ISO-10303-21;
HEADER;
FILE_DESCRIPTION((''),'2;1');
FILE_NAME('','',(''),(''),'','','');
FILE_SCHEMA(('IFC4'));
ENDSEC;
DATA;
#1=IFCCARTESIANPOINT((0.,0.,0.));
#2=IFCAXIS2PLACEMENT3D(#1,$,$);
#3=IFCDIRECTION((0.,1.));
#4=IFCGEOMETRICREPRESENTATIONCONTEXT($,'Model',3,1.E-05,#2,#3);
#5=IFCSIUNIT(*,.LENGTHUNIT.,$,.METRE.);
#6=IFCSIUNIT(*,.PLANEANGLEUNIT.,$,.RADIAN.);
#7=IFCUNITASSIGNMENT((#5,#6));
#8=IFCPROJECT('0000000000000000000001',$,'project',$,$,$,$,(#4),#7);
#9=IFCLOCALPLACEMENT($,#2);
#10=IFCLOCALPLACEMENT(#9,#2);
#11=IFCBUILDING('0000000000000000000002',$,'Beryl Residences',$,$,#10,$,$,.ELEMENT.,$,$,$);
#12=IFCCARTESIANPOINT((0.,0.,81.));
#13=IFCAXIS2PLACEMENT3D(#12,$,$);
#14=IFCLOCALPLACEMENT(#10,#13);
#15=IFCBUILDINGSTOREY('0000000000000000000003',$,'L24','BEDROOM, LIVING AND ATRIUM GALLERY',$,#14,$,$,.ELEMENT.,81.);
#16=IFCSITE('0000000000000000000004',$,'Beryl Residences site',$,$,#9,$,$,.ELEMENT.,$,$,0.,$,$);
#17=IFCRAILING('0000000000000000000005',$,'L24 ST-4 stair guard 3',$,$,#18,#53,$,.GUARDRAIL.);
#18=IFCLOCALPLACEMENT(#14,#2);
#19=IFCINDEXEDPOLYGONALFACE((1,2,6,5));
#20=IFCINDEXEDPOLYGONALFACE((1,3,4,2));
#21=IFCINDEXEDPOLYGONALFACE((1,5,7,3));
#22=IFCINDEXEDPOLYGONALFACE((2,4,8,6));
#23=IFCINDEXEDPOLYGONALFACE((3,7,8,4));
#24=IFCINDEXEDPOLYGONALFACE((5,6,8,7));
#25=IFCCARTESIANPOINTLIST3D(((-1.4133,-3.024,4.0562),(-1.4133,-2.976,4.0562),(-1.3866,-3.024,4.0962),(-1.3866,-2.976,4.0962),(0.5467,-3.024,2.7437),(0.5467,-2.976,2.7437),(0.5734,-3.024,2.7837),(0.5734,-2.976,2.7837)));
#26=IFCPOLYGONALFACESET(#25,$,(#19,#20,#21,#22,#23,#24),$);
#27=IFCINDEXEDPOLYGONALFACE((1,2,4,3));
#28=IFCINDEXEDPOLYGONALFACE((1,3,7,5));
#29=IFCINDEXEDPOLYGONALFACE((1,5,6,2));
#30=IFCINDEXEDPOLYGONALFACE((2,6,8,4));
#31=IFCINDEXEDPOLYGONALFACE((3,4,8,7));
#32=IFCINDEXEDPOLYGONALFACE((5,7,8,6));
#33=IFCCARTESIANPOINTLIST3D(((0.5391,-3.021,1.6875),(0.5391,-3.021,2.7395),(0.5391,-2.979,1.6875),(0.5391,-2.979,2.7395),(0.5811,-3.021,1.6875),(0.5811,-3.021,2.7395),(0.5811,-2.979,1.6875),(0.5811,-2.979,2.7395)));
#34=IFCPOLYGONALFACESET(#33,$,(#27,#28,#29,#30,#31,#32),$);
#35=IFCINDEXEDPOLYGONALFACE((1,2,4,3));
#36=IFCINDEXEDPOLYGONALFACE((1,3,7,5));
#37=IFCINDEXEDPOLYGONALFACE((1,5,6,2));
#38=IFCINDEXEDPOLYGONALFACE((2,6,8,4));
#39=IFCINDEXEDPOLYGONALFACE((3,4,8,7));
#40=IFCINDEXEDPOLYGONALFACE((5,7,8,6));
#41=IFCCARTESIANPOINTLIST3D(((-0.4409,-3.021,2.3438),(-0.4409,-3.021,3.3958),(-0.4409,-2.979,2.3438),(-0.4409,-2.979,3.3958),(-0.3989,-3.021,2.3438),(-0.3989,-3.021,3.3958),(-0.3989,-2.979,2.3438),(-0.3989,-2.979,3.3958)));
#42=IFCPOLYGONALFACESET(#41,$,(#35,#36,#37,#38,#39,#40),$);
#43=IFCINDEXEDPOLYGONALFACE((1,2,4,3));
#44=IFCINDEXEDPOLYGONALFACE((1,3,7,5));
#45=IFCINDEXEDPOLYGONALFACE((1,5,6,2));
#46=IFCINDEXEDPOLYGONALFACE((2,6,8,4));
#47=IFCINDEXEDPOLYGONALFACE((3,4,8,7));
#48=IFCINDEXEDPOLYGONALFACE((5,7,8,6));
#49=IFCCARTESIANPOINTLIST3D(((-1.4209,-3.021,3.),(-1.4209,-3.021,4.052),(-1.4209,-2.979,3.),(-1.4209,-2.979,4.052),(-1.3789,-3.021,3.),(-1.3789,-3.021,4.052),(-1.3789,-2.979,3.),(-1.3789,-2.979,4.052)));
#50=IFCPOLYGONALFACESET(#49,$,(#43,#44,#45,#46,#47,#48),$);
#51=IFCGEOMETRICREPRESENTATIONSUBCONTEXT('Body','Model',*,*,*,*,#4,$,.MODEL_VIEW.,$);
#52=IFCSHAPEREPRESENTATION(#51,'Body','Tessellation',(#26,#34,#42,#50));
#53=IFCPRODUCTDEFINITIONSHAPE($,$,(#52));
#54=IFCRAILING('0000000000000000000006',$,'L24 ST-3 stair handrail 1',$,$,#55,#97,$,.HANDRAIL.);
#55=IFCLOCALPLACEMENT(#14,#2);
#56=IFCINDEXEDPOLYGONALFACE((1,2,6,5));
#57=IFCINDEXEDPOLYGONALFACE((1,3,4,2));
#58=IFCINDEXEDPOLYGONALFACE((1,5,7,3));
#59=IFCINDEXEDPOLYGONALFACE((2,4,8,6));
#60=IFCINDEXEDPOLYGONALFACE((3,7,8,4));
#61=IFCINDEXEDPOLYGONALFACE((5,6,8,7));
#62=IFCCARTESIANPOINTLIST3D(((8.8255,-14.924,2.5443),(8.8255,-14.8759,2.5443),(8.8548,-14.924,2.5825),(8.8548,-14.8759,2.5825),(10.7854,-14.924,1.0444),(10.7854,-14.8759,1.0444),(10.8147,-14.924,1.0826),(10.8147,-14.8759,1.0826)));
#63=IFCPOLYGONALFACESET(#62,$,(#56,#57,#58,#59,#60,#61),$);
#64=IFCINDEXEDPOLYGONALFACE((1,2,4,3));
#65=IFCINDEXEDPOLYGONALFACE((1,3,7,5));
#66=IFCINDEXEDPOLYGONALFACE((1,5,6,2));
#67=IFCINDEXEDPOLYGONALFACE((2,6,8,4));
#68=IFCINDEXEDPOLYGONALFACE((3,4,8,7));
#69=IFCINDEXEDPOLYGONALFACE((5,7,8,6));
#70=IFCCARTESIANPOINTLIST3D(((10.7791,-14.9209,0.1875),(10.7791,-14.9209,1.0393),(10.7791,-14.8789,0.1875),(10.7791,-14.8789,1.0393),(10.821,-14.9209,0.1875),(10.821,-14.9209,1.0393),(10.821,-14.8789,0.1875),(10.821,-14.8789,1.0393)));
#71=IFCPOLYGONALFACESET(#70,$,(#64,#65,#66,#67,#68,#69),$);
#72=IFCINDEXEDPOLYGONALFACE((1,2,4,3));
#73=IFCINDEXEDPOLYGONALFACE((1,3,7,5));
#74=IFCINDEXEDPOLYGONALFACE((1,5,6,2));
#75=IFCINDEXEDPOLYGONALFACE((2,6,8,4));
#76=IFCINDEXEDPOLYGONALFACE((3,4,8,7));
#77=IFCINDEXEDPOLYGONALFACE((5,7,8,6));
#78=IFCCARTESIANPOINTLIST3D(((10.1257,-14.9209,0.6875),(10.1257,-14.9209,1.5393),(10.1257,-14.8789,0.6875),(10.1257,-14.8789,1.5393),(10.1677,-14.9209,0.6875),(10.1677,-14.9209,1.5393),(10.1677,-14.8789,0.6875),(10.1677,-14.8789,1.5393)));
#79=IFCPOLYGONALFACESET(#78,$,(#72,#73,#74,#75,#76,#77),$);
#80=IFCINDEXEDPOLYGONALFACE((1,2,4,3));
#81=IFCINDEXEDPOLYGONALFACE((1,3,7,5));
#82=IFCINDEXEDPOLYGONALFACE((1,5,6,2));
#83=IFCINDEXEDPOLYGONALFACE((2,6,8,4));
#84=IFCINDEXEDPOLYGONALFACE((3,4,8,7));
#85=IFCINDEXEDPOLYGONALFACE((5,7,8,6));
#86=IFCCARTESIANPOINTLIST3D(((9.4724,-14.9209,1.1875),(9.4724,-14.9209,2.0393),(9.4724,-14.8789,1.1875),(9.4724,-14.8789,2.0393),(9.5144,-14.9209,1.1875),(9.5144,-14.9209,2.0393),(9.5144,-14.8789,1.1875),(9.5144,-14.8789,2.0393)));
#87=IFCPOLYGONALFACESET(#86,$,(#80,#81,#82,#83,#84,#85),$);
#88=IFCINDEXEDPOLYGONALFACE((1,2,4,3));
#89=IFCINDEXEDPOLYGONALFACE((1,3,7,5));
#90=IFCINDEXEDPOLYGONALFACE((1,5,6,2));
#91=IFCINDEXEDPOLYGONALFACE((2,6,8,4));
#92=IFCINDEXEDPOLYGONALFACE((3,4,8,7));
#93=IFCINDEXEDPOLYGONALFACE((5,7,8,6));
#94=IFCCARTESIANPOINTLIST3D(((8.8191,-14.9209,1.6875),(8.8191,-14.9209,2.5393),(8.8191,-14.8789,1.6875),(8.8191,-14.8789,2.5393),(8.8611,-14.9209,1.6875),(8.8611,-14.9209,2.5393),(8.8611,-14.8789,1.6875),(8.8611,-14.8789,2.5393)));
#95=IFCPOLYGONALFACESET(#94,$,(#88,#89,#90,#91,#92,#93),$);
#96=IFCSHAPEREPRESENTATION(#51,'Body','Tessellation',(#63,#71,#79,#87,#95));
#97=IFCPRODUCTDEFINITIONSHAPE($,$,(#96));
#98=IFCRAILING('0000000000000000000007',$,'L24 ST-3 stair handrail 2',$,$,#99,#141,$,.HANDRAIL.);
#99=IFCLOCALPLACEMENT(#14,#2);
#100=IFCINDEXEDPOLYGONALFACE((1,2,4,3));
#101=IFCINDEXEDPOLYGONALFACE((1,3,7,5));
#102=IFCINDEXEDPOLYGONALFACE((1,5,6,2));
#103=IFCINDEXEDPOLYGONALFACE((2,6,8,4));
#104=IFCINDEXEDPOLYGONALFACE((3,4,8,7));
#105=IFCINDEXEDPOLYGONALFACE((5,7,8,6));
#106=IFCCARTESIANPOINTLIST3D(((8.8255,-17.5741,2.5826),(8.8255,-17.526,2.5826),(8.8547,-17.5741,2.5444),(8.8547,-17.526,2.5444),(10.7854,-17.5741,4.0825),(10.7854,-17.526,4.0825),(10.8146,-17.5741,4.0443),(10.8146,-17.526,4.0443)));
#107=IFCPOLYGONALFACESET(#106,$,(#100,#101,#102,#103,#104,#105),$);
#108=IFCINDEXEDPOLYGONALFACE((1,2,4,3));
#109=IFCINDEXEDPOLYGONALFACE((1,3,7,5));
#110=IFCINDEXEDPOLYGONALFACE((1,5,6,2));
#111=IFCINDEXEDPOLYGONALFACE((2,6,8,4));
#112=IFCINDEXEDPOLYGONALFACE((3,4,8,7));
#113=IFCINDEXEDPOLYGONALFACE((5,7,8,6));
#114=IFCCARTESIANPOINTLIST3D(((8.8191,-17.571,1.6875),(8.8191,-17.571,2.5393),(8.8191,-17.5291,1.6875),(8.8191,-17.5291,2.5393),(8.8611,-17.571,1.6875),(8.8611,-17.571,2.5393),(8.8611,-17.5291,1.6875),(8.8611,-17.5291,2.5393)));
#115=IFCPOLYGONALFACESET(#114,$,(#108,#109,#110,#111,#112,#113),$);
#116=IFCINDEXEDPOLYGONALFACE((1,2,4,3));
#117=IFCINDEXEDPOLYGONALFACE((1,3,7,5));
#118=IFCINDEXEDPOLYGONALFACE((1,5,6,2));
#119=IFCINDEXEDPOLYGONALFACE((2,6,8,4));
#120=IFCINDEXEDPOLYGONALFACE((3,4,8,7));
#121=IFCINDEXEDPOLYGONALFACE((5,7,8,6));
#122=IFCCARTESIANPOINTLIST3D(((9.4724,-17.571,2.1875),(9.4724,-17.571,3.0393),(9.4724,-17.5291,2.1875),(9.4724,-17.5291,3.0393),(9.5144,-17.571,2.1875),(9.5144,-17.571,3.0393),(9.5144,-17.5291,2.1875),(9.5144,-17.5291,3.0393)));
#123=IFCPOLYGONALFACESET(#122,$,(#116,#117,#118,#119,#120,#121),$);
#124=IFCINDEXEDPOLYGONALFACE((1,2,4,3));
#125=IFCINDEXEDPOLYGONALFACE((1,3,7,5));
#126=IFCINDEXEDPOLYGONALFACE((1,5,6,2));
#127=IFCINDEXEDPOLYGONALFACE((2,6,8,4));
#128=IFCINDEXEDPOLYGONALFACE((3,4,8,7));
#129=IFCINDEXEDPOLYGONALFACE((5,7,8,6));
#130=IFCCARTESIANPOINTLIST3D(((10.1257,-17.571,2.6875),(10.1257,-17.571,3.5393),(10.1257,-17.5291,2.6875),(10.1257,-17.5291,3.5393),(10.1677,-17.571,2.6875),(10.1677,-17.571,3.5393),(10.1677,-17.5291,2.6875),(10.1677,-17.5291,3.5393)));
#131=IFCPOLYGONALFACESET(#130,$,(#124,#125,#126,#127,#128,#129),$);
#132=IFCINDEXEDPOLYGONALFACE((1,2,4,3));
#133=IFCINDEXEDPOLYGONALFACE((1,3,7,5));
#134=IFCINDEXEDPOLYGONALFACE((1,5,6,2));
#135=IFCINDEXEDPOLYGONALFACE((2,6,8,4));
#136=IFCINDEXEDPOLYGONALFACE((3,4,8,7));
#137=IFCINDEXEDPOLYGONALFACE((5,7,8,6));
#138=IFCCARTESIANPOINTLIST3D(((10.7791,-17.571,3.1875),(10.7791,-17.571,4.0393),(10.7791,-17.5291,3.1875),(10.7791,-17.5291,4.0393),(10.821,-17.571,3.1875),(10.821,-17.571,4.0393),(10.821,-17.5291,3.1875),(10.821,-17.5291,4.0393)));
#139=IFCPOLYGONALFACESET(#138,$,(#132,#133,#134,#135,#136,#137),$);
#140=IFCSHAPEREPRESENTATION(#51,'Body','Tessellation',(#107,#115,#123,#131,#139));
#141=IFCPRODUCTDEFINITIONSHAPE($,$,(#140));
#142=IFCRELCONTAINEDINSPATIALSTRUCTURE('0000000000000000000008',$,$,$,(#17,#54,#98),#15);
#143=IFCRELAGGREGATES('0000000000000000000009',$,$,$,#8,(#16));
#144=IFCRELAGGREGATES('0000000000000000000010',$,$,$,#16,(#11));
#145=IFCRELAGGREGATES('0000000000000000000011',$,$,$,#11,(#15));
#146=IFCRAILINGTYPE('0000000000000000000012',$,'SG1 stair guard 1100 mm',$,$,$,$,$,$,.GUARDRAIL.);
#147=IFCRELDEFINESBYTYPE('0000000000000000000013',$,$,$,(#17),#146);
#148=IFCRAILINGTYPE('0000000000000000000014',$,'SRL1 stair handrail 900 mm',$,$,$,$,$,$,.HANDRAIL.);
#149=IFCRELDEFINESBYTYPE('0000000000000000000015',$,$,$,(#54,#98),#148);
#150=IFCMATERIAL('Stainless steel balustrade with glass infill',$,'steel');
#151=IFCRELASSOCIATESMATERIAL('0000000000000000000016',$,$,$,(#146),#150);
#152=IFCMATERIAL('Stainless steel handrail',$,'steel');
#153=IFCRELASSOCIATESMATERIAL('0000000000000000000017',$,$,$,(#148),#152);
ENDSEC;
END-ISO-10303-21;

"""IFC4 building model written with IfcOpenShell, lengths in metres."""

from ifc_helpers import new_model, si_unit, direction, frame, origin, origin_2d, place, context, subcontext, project, spatial, rectangle, extrude, material, type_object, element, save


model = new_model("IFC4")

# Units and contexts
model_context = context("Model", 3, precision=1e-05, world=origin(), true_north=direction((0.0, 1.0)))
body_context = subcontext(model_context, "Body", "Model", "MODEL_VIEW")
ifc_project = project(units=[si_unit("LENGTHUNIT", "METRE"), si_unit("PLANEANGLEUNIT", "RADIAN")], contexts=[model_context])

# Site, building, storey
site_placement = place(None, origin())
site = spatial("IfcSite", under=ifc_project, at=site_placement, Name="Beryl Residences site", CompositionType="ELEMENT", RefElevation=0.0)
building_placement = place(site_placement, origin())
building = spatial("IfcBuilding", under=site, at=building_placement, Name="Beryl Residences", CompositionType="ELEMENT")
storey_placement = place(building_placement, frame((0.0, 0.0, 81.0)))
storey = spatial("IfcBuildingStorey", under=building, at=storey_placement, Name="L24", Description="BEDROOM, LIVING AND ATRIUM GALLERY", CompositionType="ELEMENT", Elevation=81.0)

# Railings
ifc_material_1 = material(Name="Stainless steel balustrade with glass infill", Category="steel")
railing_type_1 = type_object("IfcRailingType", Name="SG1 stair guard 1100 mm", PredefinedType="GUARDRAIL", material=ifc_material_1)
railing_1_placement = place(storey_placement, frame((0.5601, -3.0, 1.6875)))
element("IfcRailing", 1, at=railing_1_placement, inside=storey, type_object=railing_type_1, Name="L24 ST-4 stair guard 3", PredefinedType="GUARDRAIL", context=body_context, shape_type="SweptSolid", body=[
    extrude(rectangle(XDim=0.0481, YDim=0.0481, at=origin_2d()), frame((0.0, 0.0, 1.0762), z_axis=(-0.830902, 0.0, 0.556419), x_axis=(0.0, -1.0, 0.0)), (0.0, 0.0, 1.0), 2.3589),
    extrude(rectangle(XDim=0.042, YDim=0.042, at=origin_2d()), origin(), (0.0, 0.0, 1.0), 1.052),
    extrude(rectangle(XDim=0.042, YDim=0.042, at=origin_2d()), frame((-0.98, 0.0, 0.6562)), (0.0, 0.0, 1.0), 1.052),
    extrude(rectangle(XDim=0.042, YDim=0.042, at=origin_2d()), frame((-1.96, 0.0, 1.3125)), (0.0, 0.0, 1.0), 1.052),
])
ifc_material_2 = material(Name="Stainless steel handrail", Category="steel")
railing_type_2 = type_object("IfcRailingType", Name="SRL1 stair handrail 900 mm", PredefinedType="HANDRAIL", material=ifc_material_2)
railing_2_placement = place(storey_placement, frame((10.8, -14.8999, 0.1875)))
element("IfcRailing", 2, at=railing_2_placement, inside=storey, type_object=railing_type_2, Name="L24 ST-3 stair handrail 1", PredefinedType="HANDRAIL", context=body_context, shape_type="SweptSolid", body=[
    extrude(rectangle(XDim=0.0481, YDim=0.0481, at=origin_2d()), frame((0.0, 0.0, 0.876), z_axis=(-0.794122, 0.0, 0.607758), x_axis=(0.0, -1.0, 0.0)), (0.0, 0.0, 1.0), 2.468),
    extrude(rectangle(XDim=0.042, YDim=0.042, at=origin_2d()), origin(), (0.0, 0.0, 1.0), 0.8518),
    extrude(rectangle(XDim=0.042, YDim=0.042, at=origin_2d()), frame((-0.6533, 0.0, 0.5)), (0.0, 0.0, 1.0), 0.8518),
    extrude(rectangle(XDim=0.042, YDim=0.042, at=origin_2d()), frame((-1.3066, 0.0, 1.0)), (0.0, 0.0, 1.0), 0.8518),
    extrude(rectangle(XDim=0.042, YDim=0.042, at=origin_2d()), frame((-1.96, 0.0, 1.5)), (0.0, 0.0, 1.0), 0.8518),
])
railing_3_placement = place(storey_placement, frame((8.8401, -17.55, 1.6875)))
element("IfcRailing", 3, at=railing_3_placement, inside=storey, type_object=railing_type_2, Name="L24 ST-3 stair handrail 2", PredefinedType="HANDRAIL", context=body_context, shape_type="SweptSolid", body=[
    extrude(rectangle(XDim=0.0481, YDim=0.0481, at=origin_2d()), frame((0.0, 0.0, 0.876), z_axis=(0.794122, 0.0, 0.607758), x_axis=(0.0, 1.0, 0.0)), (0.0, 0.0, 1.0), 2.468),
    extrude(rectangle(XDim=0.042, YDim=0.042, at=origin_2d()), origin(), (0.0, 0.0, 1.0), 0.8518),
    extrude(rectangle(XDim=0.042, YDim=0.042, at=origin_2d()), frame((0.6533, 0.0, 0.5)), (0.0, 0.0, 1.0), 0.8518),
    extrude(rectangle(XDim=0.042, YDim=0.042, at=origin_2d()), frame((1.3066, 0.0, 1.0)), (0.0, 0.0, 1.0), 0.8518),
    extrude(rectangle(XDim=0.042, YDim=0.042, at=origin_2d()), frame((1.96, 0.0, 1.5)), (0.0, 0.0, 1.0), 0.8518),
])

save(model, "model.ifc")
